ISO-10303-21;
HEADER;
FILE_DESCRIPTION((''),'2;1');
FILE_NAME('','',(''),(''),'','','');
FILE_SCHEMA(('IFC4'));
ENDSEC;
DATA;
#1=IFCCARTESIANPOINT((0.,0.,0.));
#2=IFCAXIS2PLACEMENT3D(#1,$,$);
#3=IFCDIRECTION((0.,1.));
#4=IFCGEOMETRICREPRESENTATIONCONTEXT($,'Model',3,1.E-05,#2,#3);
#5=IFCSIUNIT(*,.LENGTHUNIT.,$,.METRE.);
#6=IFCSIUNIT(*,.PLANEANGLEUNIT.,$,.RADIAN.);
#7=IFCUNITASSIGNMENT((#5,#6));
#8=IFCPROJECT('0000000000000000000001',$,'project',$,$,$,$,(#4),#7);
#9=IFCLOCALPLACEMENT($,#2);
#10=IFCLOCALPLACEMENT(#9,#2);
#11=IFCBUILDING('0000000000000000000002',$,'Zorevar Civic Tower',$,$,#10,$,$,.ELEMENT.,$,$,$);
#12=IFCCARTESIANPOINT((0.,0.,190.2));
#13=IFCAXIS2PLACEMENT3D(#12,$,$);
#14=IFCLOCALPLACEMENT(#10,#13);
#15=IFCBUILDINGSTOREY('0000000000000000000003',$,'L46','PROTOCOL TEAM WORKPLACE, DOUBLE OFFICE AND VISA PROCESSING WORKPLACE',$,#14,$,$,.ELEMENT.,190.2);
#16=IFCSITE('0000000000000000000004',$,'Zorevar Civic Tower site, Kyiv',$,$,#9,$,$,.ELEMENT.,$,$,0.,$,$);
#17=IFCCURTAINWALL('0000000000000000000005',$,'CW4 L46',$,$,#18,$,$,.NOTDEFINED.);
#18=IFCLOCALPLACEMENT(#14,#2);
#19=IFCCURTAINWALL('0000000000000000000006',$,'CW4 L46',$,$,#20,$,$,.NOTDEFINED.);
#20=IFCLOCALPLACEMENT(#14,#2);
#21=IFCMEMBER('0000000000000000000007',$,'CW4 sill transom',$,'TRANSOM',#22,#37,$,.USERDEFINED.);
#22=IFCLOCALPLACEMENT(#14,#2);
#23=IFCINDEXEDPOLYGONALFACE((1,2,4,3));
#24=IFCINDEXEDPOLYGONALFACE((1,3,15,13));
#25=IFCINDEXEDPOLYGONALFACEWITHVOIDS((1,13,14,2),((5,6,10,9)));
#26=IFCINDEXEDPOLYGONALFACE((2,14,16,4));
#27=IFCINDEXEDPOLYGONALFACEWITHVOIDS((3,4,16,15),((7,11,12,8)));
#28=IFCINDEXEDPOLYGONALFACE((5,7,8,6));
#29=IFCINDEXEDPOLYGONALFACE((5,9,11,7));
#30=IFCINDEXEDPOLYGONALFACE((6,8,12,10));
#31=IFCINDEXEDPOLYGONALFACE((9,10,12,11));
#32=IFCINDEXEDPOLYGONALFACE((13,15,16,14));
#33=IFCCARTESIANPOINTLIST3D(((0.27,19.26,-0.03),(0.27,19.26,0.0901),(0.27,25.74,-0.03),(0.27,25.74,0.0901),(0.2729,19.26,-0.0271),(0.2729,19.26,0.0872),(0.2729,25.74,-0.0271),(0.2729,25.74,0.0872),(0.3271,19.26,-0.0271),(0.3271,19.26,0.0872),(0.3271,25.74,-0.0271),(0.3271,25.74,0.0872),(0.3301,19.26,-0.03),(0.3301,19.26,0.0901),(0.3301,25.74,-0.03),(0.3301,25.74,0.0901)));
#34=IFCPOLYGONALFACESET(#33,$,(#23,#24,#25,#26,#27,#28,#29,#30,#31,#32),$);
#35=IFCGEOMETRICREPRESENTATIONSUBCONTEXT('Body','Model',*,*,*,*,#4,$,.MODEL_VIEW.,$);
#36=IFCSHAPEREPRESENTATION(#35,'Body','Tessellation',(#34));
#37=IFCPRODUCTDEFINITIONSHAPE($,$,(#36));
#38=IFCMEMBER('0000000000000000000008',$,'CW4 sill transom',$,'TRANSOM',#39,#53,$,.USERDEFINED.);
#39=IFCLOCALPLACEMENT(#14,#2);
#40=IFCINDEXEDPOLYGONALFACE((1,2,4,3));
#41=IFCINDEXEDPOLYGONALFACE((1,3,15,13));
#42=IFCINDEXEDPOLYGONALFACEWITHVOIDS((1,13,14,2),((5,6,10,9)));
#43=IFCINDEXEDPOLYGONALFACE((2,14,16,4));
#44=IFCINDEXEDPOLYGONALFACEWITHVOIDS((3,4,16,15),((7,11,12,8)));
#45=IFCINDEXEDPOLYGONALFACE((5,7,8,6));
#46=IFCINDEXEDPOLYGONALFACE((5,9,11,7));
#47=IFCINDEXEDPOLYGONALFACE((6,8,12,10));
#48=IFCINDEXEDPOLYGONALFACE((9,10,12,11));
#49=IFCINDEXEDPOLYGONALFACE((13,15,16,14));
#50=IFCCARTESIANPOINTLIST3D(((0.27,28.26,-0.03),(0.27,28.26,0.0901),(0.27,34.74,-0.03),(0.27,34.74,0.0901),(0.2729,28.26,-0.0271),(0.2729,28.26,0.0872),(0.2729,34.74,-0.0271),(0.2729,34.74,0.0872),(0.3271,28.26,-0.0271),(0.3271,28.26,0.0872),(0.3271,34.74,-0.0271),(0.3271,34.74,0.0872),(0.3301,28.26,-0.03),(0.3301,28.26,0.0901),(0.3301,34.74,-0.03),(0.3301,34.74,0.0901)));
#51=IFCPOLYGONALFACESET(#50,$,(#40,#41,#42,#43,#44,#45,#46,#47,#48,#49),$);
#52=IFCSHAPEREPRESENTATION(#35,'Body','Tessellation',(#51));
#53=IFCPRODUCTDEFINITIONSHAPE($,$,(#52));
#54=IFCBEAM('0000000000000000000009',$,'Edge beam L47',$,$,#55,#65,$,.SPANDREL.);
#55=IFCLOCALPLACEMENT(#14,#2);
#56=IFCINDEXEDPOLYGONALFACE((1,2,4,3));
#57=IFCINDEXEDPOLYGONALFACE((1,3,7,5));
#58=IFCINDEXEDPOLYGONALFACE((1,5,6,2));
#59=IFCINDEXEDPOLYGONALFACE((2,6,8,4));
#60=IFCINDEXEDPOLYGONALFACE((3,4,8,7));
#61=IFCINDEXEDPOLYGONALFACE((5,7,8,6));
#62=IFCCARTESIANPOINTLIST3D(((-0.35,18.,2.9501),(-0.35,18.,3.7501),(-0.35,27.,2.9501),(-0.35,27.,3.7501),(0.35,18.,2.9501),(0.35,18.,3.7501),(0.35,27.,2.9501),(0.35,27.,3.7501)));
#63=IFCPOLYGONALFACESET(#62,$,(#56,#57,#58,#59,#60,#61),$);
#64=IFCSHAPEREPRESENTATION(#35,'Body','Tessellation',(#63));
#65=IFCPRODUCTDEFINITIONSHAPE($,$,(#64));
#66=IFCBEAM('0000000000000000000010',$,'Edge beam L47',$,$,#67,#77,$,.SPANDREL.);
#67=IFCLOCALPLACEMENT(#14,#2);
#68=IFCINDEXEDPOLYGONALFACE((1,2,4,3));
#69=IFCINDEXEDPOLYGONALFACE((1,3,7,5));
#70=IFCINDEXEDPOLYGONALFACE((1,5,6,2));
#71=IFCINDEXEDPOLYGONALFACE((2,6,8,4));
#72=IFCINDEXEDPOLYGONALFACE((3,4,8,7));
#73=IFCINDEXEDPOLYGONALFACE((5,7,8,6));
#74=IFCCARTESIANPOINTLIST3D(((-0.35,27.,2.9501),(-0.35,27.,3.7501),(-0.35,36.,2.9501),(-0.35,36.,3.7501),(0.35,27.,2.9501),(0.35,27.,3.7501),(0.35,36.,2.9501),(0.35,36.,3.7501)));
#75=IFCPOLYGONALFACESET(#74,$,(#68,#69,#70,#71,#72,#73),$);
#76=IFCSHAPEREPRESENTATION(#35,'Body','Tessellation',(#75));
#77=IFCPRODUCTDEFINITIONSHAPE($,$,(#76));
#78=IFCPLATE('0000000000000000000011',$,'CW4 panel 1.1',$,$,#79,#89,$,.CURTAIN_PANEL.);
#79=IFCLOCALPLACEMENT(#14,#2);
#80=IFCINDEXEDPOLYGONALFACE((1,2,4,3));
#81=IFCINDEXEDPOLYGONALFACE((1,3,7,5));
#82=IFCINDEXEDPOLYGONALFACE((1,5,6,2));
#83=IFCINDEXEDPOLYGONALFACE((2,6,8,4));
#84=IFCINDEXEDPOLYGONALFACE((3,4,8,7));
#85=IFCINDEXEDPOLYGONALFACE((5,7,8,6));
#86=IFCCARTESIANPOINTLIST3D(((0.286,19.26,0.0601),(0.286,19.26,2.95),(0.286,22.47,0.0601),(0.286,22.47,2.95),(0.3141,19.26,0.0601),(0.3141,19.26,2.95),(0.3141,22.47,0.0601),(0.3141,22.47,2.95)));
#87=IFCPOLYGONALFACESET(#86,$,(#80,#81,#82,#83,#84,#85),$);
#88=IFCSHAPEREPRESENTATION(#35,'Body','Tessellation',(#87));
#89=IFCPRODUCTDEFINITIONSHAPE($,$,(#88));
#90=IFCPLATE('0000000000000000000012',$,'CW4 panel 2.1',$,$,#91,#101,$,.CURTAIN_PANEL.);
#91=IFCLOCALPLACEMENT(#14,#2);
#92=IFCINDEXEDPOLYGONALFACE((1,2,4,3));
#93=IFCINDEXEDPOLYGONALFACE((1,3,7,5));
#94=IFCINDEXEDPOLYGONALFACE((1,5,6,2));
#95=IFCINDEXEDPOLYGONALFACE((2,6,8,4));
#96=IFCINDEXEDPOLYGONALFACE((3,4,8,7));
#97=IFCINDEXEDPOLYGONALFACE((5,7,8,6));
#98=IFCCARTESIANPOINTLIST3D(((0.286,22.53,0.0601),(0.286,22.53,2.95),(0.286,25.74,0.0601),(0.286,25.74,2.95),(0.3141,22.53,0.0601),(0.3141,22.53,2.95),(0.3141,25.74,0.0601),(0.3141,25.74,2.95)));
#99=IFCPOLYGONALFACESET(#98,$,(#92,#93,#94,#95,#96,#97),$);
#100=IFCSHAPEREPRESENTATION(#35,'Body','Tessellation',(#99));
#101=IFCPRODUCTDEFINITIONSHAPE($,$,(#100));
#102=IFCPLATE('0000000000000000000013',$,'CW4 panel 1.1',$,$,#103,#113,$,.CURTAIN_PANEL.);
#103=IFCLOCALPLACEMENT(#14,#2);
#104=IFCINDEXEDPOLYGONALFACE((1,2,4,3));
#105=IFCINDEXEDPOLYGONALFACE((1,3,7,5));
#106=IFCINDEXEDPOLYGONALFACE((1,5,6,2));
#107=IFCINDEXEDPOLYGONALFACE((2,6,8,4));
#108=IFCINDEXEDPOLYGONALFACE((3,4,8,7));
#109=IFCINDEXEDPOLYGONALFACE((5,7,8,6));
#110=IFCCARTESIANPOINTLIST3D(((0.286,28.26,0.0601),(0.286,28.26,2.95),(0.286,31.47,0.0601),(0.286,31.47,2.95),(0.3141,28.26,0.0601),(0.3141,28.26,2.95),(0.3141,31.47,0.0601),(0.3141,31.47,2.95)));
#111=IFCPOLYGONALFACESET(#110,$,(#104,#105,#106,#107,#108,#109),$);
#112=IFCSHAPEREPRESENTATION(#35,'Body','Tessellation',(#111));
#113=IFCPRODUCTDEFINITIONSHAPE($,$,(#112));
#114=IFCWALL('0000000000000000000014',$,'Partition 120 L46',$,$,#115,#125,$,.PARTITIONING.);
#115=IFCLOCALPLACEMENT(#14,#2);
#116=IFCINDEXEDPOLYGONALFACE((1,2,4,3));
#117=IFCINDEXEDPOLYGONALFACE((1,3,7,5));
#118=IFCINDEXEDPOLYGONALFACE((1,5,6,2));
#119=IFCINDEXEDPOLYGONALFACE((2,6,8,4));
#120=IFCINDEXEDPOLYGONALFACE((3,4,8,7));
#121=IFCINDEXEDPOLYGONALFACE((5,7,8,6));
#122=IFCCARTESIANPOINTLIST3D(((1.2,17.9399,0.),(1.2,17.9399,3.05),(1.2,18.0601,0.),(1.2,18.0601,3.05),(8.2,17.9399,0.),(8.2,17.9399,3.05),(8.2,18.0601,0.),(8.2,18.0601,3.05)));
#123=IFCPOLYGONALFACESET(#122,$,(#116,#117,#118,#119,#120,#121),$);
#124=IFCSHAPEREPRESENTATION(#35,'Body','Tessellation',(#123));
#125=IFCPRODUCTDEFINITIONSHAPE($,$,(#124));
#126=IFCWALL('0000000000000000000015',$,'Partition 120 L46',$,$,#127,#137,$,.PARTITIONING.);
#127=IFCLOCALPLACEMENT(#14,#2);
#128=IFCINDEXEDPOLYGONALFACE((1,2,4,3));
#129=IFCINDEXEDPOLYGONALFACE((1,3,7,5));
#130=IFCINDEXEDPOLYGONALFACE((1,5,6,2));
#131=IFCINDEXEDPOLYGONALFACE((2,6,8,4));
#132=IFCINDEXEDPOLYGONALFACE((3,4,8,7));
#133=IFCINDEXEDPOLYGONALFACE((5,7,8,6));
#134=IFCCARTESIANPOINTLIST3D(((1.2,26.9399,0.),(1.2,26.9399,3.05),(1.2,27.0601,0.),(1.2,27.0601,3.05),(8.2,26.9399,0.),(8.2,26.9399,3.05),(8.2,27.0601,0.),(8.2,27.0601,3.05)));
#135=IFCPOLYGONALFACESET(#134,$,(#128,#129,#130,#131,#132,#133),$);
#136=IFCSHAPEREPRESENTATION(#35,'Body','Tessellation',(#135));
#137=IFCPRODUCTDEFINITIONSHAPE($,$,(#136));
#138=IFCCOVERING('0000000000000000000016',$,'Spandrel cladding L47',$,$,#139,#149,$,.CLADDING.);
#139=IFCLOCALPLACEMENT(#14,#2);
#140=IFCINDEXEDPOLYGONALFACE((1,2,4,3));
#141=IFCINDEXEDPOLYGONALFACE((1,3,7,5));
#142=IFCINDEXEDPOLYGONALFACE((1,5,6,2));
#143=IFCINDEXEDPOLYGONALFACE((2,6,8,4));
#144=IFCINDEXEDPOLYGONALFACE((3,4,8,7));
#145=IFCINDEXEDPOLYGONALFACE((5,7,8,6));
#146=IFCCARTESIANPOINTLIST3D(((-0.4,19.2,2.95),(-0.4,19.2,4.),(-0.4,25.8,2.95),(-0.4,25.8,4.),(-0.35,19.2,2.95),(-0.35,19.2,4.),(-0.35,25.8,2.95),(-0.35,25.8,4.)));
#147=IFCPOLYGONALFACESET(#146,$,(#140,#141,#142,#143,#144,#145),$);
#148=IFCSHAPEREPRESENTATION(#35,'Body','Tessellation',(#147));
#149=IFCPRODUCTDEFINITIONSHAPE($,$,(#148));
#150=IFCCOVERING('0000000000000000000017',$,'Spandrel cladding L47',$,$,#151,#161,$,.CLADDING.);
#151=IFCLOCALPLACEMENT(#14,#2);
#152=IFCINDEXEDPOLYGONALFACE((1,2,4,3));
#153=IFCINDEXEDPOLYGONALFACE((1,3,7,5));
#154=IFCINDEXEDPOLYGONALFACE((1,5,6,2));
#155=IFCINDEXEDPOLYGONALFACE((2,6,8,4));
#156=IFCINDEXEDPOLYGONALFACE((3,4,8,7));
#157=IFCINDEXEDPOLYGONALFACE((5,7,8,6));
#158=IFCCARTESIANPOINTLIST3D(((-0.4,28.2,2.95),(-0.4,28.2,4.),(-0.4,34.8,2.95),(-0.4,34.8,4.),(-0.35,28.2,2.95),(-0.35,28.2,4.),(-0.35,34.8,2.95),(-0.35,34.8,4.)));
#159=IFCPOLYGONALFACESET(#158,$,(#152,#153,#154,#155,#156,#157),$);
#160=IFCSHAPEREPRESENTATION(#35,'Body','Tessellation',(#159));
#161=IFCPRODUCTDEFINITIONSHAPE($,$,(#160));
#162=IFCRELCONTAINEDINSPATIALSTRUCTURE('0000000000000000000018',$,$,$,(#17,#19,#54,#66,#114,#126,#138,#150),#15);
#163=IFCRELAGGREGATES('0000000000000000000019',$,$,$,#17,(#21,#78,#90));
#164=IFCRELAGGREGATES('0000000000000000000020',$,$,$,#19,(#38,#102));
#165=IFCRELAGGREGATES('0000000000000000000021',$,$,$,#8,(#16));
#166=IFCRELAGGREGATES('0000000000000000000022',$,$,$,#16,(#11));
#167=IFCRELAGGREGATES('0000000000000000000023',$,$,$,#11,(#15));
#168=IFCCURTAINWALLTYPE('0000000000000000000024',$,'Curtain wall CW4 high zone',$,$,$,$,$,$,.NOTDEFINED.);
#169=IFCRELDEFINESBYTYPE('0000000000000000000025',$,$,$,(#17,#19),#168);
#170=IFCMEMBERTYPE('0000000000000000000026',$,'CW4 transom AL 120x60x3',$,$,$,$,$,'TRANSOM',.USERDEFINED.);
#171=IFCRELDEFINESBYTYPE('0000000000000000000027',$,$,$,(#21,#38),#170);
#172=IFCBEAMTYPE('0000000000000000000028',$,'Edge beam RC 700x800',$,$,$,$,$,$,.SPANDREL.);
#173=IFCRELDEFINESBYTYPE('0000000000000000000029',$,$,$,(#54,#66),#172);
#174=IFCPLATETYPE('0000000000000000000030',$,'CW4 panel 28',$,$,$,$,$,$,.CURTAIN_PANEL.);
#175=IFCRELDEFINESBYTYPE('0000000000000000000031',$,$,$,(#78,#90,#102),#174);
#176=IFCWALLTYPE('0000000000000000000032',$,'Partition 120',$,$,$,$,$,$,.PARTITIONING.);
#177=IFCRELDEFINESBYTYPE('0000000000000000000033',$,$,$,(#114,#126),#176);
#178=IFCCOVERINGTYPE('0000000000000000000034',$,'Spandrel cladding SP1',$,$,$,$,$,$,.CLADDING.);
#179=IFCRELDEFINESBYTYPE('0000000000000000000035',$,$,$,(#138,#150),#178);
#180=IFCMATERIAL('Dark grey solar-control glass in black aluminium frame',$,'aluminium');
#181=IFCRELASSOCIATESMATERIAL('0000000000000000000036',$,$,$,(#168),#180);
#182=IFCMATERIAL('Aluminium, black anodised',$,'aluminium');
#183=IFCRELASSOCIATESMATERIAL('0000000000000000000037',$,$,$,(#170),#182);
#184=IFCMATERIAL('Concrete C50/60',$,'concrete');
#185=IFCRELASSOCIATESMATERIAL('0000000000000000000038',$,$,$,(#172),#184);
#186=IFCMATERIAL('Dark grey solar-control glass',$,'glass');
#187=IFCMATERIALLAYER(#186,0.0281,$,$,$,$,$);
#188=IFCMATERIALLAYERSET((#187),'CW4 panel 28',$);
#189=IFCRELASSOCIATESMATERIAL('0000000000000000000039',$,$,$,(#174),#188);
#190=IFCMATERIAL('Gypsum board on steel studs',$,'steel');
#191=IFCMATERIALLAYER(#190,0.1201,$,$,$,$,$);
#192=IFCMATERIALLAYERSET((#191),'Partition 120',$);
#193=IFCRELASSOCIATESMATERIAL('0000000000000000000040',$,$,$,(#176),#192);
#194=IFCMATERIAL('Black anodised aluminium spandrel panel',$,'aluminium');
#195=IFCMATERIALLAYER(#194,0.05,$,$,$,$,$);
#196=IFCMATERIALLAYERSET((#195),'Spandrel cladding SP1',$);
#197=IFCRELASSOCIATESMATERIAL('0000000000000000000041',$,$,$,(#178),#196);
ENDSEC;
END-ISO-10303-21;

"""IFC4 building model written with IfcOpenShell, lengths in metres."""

from ifc_helpers import new_model, si_unit, direction, frame, frame_2d, origin, origin_2d, place, context, subcontext, project, spatial, rectangle, hollow_rectangle, extrude, material, layer, layer_set, material_profile, profile_set, type_object, element, aggregate, save


model = new_model("IFC4")

# Units and contexts
model_context = context("Model", 3, precision=1e-05, world=origin(), true_north=direction((0.0, 1.0)))
body_context = subcontext(model_context, "Body", "Model", "MODEL_VIEW")
ifc_project = project(units=[si_unit("LENGTHUNIT", "METRE"), si_unit("PLANEANGLEUNIT", "RADIAN")], contexts=[model_context])

# Site, building, storey
site_placement = place(None, origin())
site = spatial("IfcSite", under=ifc_project, at=site_placement, Name="Zorevar Civic Tower site, Kyiv", CompositionType="ELEMENT", RefElevation=0.0)
building_placement = place(site_placement, origin())
building = spatial("IfcBuilding", under=site, at=building_placement, Name="Zorevar Civic Tower", CompositionType="ELEMENT")
storey_placement = place(building_placement, frame((0.0, 0.0, 190.2)))
storey = spatial("IfcBuildingStorey", under=building, at=storey_placement, Name="L46", Description="PROTOCOL TEAM WORKPLACE, DOUBLE OFFICE AND VISA PROCESSING WORKPLACE", CompositionType="ELEMENT", Elevation=190.2)

# Shared definitions
ifc_material_1 = material(Name="Dark grey solar-control glass in black aluminium frame", Category="aluminium")
curtain_wall_type = type_object("IfcCurtainWallType", Name="Curtain wall CW4 high zone", PredefinedType="NOTDEFINED", material=ifc_material_1)

# Curtain walls
curtain_wall_1_placement = place(storey_placement, origin())
curtain_wall_1 = element("IfcCurtainWall", 1, at=curtain_wall_1_placement, inside=storey, type_object=curtain_wall_type, Name="CW4 L46", PredefinedType="NOTDEFINED")
curtain_wall_2_placement = place(storey_placement, origin())
curtain_wall_2 = element("IfcCurtainWall", 2, at=curtain_wall_2_placement, inside=storey, type_object=curtain_wall_type, Name="CW4 L46", PredefinedType="NOTDEFINED")

# Members
ifc_material_2 = material(Name="Aluminium, black anodised", Category="aluminium")
ifc_material_profile_1 = material_profile(ifc_material_2, hollow_rectangle(XDim=0.0601, YDim=0.1201, WallThickness=0.0029, at=origin_2d()), Name="AL 120x60x3")
ifc_profile_set_1 = profile_set([ifc_material_profile_1], Name="Aluminium, black anodised")
member_type_1 = type_object("IfcMemberType", Name="CW4 transom AL 120x60x3", ElementType="TRANSOM", PredefinedType="USERDEFINED", material=ifc_profile_set_1)
member_1_placement = place(storey_placement, frame((0.3, 19.26, 0.03), z_axis=(0.0, 1.0, 0.0), x_axis=(-1.0, 0.0, 0.0)))
member_1 = element("IfcMember", 3, at=member_1_placement, type_object=member_type_1, Name="CW4 sill transom", ObjectType="TRANSOM", PredefinedType="USERDEFINED", context=body_context, shape_type="SweptSolid", body=[
    extrude(hollow_rectangle(XDim=0.0601, YDim=0.1201, WallThickness=0.0029, at=origin_2d()), origin(), (0.0, 0.0, 1.0), 6.48),
])
member_2_placement = place(storey_placement, frame((0.3, 28.26, 0.03), z_axis=(0.0, 1.0, 0.0), x_axis=(-1.0, 0.0, 0.0)))
member_2 = element("IfcMember", 4, at=member_2_placement, type_object=member_type_1, Name="CW4 sill transom", ObjectType="TRANSOM", PredefinedType="USERDEFINED", context=body_context, shape_type="SweptSolid", body=[
    extrude(hollow_rectangle(XDim=0.0601, YDim=0.1201, WallThickness=0.0029, at=origin_2d()), origin(), (0.0, 0.0, 1.0), 6.48),
])

# Beams
ifc_material_3 = material(Name="Concrete C50/60", Category="concrete")
ifc_material_profile_2 = material_profile(ifc_material_3, rectangle(XDim=0.7, YDim=0.8, at=origin_2d()), Name="RC 700x800")
ifc_profile_set_2 = profile_set([ifc_material_profile_2], Name="Concrete C50/60")
beam_type_1 = type_object("IfcBeamType", Name="Edge beam RC 700x800", PredefinedType="SPANDREL", material=ifc_profile_set_2)
for number, where, z_axis, x_axis, name in (
    (5, (0.0, 18.0, 3.3501), (0.0, 1.0, 0.0), (-1.0, 0.0, 0.0), "Edge beam L47"),
    (6, (0.0, 27.0, 3.3501), (0.0, 1.0, 0.0), (-1.0, 0.0, 0.0), "Edge beam L47"),
):
    element("IfcBeam", number, at=place(storey_placement, frame(where, z_axis=z_axis, x_axis=x_axis)), inside=storey, type_object=beam_type_1, Name=name, PredefinedType="SPANDREL", context=body_context, shape_type="SweptSolid", body=[
        extrude(rectangle(XDim=0.7, YDim=0.8, at=origin_2d()), origin(), (0.0, 0.0, 1.0), 9.0),
    ])

# Plates
ifc_material_4 = material(Name="Dark grey solar-control glass", Category="glass")
ifc_layer_1 = layer(ifc_material_4, 0.0281)
ifc_layer_set_1 = layer_set([ifc_layer_1], Name="CW4 panel 28")
plate_type = type_object("IfcPlateType", Name="CW4 panel 28", PredefinedType="CURTAIN_PANEL", material=ifc_layer_set_1)
plate_1_placement = place(storey_placement, frame((0.3, 20.865, 0.0601), z_axis=(0.0, 0.0, 1.0), x_axis=(0.0, 1.0, 0.0)))
plate_1 = element("IfcPlate", 7, at=plate_1_placement, type_object=plate_type, Name="CW4 panel 1.1", PredefinedType="CURTAIN_PANEL", context=body_context, shape_type="SweptSolid", body=[
    extrude(rectangle(XDim=3.21, YDim=0.0281, at=origin_2d()), origin(), (0.0, 0.0, 1.0), 2.8899),
])
plate_2_placement = place(storey_placement, frame((0.3, 24.135, 0.0601), z_axis=(0.0, 0.0, 1.0), x_axis=(0.0, 1.0, 0.0)))
plate_2 = element("IfcPlate", 8, at=plate_2_placement, type_object=plate_type, Name="CW4 panel 2.1", PredefinedType="CURTAIN_PANEL", context=body_context, shape_type="SweptSolid", body=[
    extrude(rectangle(XDim=3.21, YDim=0.0281, at=origin_2d()), origin(), (0.0, 0.0, 1.0), 2.8899),
])
aggregate(curtain_wall_1, [member_1, plate_1, plate_2])
plate_3_placement = place(storey_placement, frame((0.3, 29.865, 0.0601), z_axis=(0.0, 0.0, 1.0), x_axis=(0.0, 1.0, 0.0)))
plate_3 = element("IfcPlate", 9, at=plate_3_placement, type_object=plate_type, Name="CW4 panel 1.1", PredefinedType="CURTAIN_PANEL", context=body_context, shape_type="SweptSolid", body=[
    extrude(rectangle(XDim=3.21, YDim=0.0281, at=origin_2d()), origin(), (0.0, 0.0, 1.0), 2.8899),
])
aggregate(curtain_wall_2, [member_2, plate_3])

# Walls
ifc_material_5 = material(Name="Gypsum board on steel studs", Category="steel")
ifc_layer_2 = layer(ifc_material_5, 0.1201)
ifc_layer_set_2 = layer_set([ifc_layer_2], Name="Partition 120")
wall_type = type_object("IfcWallType", Name="Partition 120", PredefinedType="PARTITIONING", material=ifc_layer_set_2)
for number, where, z_axis, x_axis, name in (
    (10, (1.2, 18.0, 0.0), (0.0, 0.0, 1.0), (1.0, 0.0, 0.0), "Partition 120 L46"),
    (11, (1.2, 27.0, 0.0), (0.0, 0.0, 1.0), (1.0, 0.0, 0.0), "Partition 120 L46"),
):
    element("IfcWall", number, at=place(storey_placement, frame(where, z_axis=z_axis, x_axis=x_axis)), inside=storey, type_object=wall_type, Name=name, PredefinedType="PARTITIONING", context=body_context, shape_type="SweptSolid", body=[
        extrude(rectangle(XDim=7.0, YDim=0.1201, at=frame_2d((3.5, 0.0))), origin(), (0.0, 0.0, 1.0), 3.05),
    ])

# Coverings
ifc_material_6 = material(Name="Black anodised aluminium spandrel panel", Category="aluminium")
ifc_layer_3 = layer(ifc_material_6, 0.05)
ifc_layer_set_3 = layer_set([ifc_layer_3], Name="Spandrel cladding SP1")
covering_type = type_object("IfcCoveringType", Name="Spandrel cladding SP1", PredefinedType="CLADDING", material=ifc_layer_set_3)
for number, where, z_axis, x_axis, name in (
    (12, (-0.375, 19.2, 2.95), (0.0, 0.0, 1.0), (0.0, 1.0, 0.0), "Spandrel cladding L47"),
    (13, (-0.375, 28.2, 2.95), (0.0, 0.0, 1.0), (0.0, 1.0, 0.0), "Spandrel cladding L47"),
):
    element("IfcCovering", number, at=place(storey_placement, frame(where, z_axis=z_axis, x_axis=x_axis)), inside=storey, type_object=covering_type, Name=name, PredefinedType="CLADDING", context=body_context, shape_type="SweptSolid", body=[
        extrude(rectangle(XDim=6.6001, YDim=0.05, at=frame_2d((3.3, 0.0))), origin(), (0.0, 0.0, 1.0), 1.05),
    ])

save(model, "model.ifc")
